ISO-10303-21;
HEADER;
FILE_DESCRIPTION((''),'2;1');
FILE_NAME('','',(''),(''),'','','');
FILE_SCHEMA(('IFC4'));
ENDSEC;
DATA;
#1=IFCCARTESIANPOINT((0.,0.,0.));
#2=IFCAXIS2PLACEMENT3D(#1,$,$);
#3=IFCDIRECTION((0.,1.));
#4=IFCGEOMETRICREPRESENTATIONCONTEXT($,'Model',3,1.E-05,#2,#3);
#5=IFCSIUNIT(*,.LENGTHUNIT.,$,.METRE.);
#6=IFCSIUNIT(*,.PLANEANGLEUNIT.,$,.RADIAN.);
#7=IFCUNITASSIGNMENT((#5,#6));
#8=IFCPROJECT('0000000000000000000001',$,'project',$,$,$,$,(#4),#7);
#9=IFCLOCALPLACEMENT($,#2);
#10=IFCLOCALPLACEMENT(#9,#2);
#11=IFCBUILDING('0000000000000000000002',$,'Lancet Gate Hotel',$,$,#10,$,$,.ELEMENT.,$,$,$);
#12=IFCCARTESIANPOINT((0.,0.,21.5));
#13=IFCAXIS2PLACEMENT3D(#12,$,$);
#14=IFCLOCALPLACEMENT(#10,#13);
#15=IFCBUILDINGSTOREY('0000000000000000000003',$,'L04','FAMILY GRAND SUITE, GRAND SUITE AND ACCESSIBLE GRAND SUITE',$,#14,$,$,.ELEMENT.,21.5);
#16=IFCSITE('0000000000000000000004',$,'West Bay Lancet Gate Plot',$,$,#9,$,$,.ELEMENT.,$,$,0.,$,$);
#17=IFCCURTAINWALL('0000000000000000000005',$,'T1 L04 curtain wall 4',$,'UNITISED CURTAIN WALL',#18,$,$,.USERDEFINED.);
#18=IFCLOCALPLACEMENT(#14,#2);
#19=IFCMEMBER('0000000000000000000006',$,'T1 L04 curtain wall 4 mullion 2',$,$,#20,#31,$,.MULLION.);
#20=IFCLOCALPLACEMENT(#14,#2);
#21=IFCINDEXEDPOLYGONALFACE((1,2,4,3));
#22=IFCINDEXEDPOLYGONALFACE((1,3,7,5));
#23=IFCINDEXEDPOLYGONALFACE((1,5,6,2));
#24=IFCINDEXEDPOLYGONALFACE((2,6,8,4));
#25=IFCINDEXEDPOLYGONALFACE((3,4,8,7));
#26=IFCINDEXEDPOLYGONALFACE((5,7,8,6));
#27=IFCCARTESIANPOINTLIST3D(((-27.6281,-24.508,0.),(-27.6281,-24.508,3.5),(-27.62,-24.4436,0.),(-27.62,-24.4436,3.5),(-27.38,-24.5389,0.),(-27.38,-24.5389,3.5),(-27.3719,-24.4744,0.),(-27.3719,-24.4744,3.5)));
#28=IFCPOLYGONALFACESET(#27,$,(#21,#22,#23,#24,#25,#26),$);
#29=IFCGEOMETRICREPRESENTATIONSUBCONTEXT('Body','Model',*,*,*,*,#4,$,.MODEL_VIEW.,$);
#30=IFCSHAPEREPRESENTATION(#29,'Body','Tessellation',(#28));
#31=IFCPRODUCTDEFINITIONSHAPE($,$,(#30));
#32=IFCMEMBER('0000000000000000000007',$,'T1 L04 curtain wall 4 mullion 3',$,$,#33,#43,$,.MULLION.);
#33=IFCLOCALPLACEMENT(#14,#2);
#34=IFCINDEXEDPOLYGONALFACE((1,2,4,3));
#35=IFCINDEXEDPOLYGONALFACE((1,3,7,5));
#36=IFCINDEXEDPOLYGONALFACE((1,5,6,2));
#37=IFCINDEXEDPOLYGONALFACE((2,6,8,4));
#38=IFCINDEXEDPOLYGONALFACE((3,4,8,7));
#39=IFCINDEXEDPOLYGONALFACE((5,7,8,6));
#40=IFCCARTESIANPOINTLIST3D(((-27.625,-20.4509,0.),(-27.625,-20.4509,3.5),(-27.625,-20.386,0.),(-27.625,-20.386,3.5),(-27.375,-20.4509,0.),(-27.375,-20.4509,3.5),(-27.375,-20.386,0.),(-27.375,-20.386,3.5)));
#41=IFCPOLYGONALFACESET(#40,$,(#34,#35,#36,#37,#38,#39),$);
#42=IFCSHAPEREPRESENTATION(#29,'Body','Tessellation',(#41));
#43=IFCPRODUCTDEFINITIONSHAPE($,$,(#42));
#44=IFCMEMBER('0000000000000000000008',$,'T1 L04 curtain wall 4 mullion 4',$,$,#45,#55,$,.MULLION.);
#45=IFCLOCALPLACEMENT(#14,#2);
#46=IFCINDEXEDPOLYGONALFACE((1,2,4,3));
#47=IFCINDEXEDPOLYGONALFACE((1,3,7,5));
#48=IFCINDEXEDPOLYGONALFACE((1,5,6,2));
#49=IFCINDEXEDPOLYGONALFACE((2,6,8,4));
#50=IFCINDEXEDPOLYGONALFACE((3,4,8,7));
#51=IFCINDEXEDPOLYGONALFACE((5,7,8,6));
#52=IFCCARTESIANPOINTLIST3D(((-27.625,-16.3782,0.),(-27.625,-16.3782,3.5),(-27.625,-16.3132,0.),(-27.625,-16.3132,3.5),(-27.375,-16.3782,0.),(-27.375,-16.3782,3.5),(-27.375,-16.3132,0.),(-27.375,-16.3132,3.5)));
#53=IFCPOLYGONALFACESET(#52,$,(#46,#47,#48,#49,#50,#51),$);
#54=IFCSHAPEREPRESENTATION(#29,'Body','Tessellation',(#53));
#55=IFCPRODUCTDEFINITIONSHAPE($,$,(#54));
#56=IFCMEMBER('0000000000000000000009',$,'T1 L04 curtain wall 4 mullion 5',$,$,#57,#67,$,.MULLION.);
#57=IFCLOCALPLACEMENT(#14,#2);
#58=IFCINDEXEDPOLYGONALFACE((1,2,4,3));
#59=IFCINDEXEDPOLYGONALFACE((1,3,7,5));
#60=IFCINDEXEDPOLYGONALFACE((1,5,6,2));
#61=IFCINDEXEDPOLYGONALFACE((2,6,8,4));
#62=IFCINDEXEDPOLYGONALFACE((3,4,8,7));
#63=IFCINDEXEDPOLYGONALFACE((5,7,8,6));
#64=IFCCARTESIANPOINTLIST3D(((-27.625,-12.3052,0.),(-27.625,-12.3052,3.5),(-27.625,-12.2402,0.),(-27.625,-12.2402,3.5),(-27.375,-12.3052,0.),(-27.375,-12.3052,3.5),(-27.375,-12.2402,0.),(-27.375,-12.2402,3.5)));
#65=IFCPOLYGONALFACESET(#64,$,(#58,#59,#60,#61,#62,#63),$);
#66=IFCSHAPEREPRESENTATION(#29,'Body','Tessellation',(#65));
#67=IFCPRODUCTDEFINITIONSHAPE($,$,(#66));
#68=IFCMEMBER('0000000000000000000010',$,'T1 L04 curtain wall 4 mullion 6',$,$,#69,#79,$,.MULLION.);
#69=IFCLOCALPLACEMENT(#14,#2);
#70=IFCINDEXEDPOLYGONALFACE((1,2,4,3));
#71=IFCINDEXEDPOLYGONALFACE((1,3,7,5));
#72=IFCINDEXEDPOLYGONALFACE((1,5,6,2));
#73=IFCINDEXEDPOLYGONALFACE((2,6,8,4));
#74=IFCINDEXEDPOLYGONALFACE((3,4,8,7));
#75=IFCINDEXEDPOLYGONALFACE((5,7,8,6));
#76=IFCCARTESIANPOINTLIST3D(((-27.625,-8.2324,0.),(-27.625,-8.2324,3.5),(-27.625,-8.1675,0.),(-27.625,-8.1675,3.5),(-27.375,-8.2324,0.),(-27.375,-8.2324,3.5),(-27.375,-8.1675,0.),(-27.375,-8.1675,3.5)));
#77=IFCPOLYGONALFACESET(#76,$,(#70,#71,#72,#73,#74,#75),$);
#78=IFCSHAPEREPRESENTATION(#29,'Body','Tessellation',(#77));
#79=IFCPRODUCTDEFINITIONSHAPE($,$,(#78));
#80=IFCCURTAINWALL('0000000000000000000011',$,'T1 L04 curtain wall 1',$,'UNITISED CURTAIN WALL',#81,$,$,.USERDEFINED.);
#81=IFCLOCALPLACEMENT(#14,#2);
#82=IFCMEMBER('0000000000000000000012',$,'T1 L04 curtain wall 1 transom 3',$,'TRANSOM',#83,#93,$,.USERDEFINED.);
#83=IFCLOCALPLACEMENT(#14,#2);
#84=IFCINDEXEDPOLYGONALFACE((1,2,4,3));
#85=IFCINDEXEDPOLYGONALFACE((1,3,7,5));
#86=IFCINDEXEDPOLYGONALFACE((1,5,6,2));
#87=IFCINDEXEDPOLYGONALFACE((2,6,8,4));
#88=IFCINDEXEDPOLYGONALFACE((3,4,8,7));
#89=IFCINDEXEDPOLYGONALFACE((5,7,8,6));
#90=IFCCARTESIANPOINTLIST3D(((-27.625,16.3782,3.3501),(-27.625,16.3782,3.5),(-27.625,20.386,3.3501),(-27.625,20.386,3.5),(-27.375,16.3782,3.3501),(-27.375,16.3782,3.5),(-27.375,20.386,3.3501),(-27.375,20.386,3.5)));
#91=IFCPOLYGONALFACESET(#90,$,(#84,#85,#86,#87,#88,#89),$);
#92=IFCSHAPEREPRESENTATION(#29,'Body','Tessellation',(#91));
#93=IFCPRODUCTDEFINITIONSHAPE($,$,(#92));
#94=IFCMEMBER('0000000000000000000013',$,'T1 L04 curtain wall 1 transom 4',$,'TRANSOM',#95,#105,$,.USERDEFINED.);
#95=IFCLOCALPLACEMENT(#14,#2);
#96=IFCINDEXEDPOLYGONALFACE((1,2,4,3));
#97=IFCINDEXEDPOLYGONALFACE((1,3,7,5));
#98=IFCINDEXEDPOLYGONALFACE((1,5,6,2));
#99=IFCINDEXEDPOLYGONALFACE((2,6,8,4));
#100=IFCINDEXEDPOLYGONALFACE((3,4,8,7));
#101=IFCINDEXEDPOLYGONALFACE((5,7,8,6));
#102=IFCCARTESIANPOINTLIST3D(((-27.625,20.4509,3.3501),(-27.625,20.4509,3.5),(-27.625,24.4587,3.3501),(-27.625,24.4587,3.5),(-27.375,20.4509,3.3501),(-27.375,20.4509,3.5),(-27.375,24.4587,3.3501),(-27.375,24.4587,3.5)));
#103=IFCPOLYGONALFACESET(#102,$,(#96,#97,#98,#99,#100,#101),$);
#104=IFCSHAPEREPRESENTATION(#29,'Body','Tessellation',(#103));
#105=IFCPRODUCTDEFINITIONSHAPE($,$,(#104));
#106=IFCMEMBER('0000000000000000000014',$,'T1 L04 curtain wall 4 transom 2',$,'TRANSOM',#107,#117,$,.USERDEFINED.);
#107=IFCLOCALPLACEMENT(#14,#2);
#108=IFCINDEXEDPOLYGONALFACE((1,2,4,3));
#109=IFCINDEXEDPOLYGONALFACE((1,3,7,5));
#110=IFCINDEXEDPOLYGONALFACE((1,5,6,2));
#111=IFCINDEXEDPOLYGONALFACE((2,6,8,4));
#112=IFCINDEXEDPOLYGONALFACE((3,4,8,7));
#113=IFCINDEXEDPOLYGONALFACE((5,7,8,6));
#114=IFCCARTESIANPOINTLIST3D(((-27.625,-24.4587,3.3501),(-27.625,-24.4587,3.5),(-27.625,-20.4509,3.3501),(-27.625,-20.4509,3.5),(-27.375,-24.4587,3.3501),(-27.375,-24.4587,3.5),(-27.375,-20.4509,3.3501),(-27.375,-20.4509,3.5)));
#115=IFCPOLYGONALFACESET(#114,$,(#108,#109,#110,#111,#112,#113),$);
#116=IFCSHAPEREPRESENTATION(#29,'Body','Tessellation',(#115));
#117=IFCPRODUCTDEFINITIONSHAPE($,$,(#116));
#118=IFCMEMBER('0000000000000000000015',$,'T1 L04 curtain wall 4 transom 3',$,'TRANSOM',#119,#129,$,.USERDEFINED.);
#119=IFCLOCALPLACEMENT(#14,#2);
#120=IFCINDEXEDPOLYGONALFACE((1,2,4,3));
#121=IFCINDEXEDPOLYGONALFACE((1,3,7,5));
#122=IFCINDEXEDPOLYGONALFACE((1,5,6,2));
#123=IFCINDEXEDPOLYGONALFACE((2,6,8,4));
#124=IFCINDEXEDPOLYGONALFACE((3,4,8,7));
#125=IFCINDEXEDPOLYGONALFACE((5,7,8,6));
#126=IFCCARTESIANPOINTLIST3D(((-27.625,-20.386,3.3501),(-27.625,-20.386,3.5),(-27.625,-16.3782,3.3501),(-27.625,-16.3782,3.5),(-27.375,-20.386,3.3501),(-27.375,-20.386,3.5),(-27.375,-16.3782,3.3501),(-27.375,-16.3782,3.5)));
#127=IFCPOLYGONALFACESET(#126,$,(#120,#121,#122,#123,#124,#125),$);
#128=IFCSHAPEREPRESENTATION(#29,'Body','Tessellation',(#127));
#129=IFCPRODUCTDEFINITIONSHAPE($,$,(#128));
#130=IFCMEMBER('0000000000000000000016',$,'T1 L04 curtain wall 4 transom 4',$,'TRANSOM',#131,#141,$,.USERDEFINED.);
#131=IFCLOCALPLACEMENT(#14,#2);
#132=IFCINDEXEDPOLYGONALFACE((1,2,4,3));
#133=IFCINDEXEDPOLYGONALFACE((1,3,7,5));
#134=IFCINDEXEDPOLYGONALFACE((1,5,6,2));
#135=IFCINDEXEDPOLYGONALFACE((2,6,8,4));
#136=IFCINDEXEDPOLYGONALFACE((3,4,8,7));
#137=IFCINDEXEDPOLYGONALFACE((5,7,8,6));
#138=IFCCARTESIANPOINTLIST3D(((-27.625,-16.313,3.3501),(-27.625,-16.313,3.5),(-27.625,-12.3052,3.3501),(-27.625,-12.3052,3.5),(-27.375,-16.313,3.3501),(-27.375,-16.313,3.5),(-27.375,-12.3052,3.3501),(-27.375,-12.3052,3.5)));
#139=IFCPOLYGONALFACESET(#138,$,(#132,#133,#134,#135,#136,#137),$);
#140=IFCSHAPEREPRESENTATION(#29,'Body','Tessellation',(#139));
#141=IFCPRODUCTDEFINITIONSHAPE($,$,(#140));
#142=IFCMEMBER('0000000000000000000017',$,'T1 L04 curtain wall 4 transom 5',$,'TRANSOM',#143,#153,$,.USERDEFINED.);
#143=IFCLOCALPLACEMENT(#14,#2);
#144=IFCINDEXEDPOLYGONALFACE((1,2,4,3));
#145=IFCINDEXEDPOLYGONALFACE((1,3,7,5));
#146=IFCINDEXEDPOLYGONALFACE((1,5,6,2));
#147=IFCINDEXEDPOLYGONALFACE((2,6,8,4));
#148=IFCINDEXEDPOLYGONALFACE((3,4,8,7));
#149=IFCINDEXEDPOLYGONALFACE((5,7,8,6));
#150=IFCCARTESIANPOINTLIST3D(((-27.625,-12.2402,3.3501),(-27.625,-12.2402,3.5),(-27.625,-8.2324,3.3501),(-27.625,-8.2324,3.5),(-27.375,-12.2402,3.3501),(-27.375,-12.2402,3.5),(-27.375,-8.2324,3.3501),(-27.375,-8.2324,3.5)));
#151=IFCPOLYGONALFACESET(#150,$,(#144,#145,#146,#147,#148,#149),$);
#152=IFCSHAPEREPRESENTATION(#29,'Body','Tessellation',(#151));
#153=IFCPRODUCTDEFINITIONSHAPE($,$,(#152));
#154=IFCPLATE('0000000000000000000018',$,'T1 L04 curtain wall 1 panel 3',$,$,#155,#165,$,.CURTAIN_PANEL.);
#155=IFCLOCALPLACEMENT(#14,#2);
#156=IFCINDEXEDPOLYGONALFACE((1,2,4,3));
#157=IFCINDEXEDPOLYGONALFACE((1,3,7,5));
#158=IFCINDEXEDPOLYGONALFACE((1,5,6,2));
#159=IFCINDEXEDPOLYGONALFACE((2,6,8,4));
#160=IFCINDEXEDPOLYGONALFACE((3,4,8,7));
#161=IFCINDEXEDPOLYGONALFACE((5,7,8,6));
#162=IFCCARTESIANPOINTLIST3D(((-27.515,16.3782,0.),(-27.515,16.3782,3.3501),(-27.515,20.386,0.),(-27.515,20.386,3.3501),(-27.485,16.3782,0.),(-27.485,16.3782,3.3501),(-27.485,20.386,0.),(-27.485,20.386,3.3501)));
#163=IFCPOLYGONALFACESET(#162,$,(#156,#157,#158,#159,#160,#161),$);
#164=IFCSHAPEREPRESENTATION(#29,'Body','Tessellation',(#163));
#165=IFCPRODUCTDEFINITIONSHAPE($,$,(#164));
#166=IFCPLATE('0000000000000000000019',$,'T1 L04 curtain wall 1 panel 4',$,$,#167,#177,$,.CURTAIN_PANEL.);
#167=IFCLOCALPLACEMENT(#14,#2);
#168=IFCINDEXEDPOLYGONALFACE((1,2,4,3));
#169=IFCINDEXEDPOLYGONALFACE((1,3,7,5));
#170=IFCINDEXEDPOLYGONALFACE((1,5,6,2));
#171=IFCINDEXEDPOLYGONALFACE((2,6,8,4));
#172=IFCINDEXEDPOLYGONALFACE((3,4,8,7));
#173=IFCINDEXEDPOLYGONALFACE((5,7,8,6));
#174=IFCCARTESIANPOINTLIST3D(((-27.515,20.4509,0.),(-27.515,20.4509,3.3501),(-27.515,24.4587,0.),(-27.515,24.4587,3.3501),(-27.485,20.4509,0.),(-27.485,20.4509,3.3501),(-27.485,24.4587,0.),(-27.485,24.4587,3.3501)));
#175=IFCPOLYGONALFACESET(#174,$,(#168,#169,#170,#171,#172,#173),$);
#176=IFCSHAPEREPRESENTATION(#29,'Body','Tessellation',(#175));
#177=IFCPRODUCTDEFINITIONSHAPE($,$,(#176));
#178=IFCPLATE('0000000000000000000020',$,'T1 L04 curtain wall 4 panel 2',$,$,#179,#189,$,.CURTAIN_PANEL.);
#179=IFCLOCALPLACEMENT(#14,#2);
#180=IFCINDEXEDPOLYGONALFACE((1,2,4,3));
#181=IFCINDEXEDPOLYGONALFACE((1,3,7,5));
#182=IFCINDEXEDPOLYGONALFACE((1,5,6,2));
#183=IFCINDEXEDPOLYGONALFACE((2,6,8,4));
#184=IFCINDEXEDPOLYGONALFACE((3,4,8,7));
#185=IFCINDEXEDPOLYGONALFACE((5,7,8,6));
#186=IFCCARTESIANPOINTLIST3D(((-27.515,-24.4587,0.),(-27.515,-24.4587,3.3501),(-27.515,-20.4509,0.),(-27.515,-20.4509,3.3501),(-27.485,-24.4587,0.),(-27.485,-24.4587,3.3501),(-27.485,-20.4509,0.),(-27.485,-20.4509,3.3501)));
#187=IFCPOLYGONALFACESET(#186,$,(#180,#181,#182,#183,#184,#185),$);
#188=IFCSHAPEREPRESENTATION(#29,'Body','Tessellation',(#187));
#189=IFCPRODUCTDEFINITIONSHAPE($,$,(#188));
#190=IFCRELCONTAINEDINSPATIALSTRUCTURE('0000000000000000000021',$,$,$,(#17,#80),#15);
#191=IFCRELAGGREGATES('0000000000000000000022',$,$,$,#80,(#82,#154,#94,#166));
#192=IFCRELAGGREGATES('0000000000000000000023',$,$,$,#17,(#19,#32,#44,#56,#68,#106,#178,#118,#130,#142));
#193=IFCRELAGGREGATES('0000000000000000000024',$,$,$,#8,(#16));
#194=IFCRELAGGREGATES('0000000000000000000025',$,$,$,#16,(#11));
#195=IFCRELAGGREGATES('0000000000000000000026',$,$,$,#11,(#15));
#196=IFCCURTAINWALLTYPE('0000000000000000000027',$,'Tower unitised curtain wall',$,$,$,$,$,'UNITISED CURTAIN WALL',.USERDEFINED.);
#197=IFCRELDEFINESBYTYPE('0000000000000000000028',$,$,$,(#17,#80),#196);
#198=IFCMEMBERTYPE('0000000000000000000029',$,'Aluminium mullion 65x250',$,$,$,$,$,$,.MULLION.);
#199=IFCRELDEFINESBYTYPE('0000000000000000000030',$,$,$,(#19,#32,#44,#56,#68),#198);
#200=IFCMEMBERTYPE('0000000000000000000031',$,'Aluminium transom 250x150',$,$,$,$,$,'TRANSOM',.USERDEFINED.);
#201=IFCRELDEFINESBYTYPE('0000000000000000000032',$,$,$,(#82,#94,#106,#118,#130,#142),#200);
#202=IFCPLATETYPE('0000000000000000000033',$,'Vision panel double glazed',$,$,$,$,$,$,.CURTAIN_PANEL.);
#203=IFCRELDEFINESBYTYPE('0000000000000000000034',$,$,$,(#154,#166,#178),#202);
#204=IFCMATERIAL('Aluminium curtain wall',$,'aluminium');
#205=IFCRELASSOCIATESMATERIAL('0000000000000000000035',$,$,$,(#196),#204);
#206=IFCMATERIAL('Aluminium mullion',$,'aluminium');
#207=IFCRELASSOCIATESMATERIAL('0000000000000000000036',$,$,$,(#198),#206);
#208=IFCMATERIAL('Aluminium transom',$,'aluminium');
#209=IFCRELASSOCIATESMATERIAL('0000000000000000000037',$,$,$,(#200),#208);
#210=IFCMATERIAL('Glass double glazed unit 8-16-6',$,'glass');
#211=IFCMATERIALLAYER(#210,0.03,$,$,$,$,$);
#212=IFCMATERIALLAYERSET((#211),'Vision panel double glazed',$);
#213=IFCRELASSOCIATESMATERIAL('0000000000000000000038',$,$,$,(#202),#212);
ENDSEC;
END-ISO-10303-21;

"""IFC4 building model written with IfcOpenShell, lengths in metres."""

from ifc_helpers import new_model, si_unit, direction, frame, origin, origin_2d, place, context, subcontext, project, spatial, rectangle, extrude, material, layer, layer_set, material_profile, profile_set, type_object, element, aggregate, save


model = new_model("IFC4")

# Units and contexts
model_context = context("Model", 3, precision=1e-05, world=origin(), true_north=direction((0.0, 1.0)))
body_context = subcontext(model_context, "Body", "Model", "MODEL_VIEW")
ifc_project = project(units=[si_unit("LENGTHUNIT", "METRE"), si_unit("PLANEANGLEUNIT", "RADIAN")], contexts=[model_context])

# Site, building, storey
site_placement = place(None, origin())
site = spatial("IfcSite", under=ifc_project, at=site_placement, Name="West Bay Lancet Gate Plot", CompositionType="ELEMENT", RefElevation=0.0)
building_placement = place(site_placement, origin())
building = spatial("IfcBuilding", under=site, at=building_placement, Name="Lancet Gate Hotel", CompositionType="ELEMENT")
storey_placement = place(building_placement, frame((0.0, 0.0, 21.5)))
storey = spatial("IfcBuildingStorey", under=building, at=storey_placement, Name="L04", Description="FAMILY GRAND SUITE, GRAND SUITE AND ACCESSIBLE GRAND SUITE", CompositionType="ELEMENT", Elevation=21.5)

# Curtain walls, members
ifc_material_1 = material(Name="Aluminium curtain wall", Category="aluminium")
curtain_wall_type = type_object("IfcCurtainWallType", Name="Tower unitised curtain wall", ElementType="UNITISED CURTAIN WALL", PredefinedType="USERDEFINED", material=ifc_material_1)
curtain_wall_1_placement = place(storey_placement, origin())
curtain_wall_1 = element("IfcCurtainWall", 1, at=curtain_wall_1_placement, inside=storey, type_object=curtain_wall_type, Name="T1 L04 curtain wall 4", ObjectType="UNITISED CURTAIN WALL", PredefinedType="USERDEFINED")
ifc_material_2 = material(Name="Aluminium mullion", Category="aluminium")
ifc_material_profile_1 = material_profile(ifc_material_2, rectangle(XDim=0.0649, YDim=0.25, at=origin_2d()), Name="MULLION 65x250")
ifc_profile_set_1 = profile_set([ifc_material_profile_1], Name="Aluminium mullion")
member_type_1 = type_object("IfcMemberType", Name="Aluminium mullion 65x250", PredefinedType="MULLION", material=ifc_profile_set_1)
member_1_placement = place(storey_placement, frame((-27.5, -24.4912, 0.0), z_axis=(0.0, 0.0, 1.0), x_axis=(0.123483, 0.992347, 0.0)))
member_1 = element("IfcMember", 2, at=member_1_placement, type_object=member_type_1, Name="T1 L04 curtain wall 4 mullion 2", PredefinedType="MULLION", context=body_context, shape_type="SweptSolid", body=[
    extrude(rectangle(XDim=0.0649, YDim=0.25, at=origin_2d()), origin(), (0.0, 0.0, 1.0), 3.5),
])
member_2_placement = place(storey_placement, frame((-27.5, -20.4185, 0.0), z_axis=(0.0, 0.0, 1.0), x_axis=(0.0, 1.0, 0.0)))
member_2 = element("IfcMember", 3, at=member_2_placement, type_object=member_type_1, Name="T1 L04 curtain wall 4 mullion 3", PredefinedType="MULLION", context=body_context, shape_type="SweptSolid", body=[
    extrude(rectangle(XDim=0.0649, YDim=0.25, at=origin_2d()), origin(), (0.0, 0.0, 1.0), 3.5),
])
member_3_placement = place(storey_placement, frame((-27.5, -16.3457, 0.0), z_axis=(0.0, 0.0, 1.0), x_axis=(0.0, 1.0, 0.0)))
member_3 = element("IfcMember", 4, at=member_3_placement, type_object=member_type_1, Name="T1 L04 curtain wall 4 mullion 4", PredefinedType="MULLION", context=body_context, shape_type="SweptSolid", body=[
    extrude(rectangle(XDim=0.0649, YDim=0.25, at=origin_2d()), origin(), (0.0, 0.0, 1.0), 3.5),
])
member_4_placement = place(storey_placement, frame((-27.5, -12.2727, 0.0), z_axis=(0.0, 0.0, 1.0), x_axis=(0.0, 1.0, 0.0)))
member_4 = element("IfcMember", 5, at=member_4_placement, type_object=member_type_1, Name="T1 L04 curtain wall 4 mullion 5", PredefinedType="MULLION", context=body_context, shape_type="SweptSolid", body=[
    extrude(rectangle(XDim=0.0649, YDim=0.25, at=origin_2d()), origin(), (0.0, 0.0, 1.0), 3.5),
])
member_5_placement = place(storey_placement, frame((-27.5, -8.2, 0.0), z_axis=(0.0, 0.0, 1.0), x_axis=(0.0, 1.0, 0.0)))
member_5 = element("IfcMember", 6, at=member_5_placement, type_object=member_type_1, Name="T1 L04 curtain wall 4 mullion 6", PredefinedType="MULLION", context=body_context, shape_type="SweptSolid", body=[
    extrude(rectangle(XDim=0.0649, YDim=0.25, at=origin_2d()), origin(), (0.0, 0.0, 1.0), 3.5),
])
curtain_wall_2_placement = place(storey_placement, origin())
curtain_wall_2 = element("IfcCurtainWall", 7, at=curtain_wall_2_placement, inside=storey, type_object=curtain_wall_type, Name="T1 L04 curtain wall 1", ObjectType="UNITISED CURTAIN WALL", PredefinedType="USERDEFINED")
ifc_material_3 = material(Name="Aluminium transom", Category="aluminium")
ifc_material_profile_2 = material_profile(ifc_material_3, rectangle(XDim=0.25, YDim=0.1499, at=origin_2d()), Name="TRANSOM 250x150")
ifc_profile_set_2 = profile_set([ifc_material_profile_2], Name="Aluminium transom")
member_type_2 = type_object("IfcMemberType", Name="Aluminium transom 250x150", ElementType="TRANSOM", PredefinedType="USERDEFINED", material=ifc_profile_set_2)
member_6_placement = place(storey_placement, frame((-27.5, 16.3782, 3.425), z_axis=(0.0, 1.0, 0.0), x_axis=(-1.0, 0.0, 0.0)))
member_6 = element("IfcMember", 8, at=member_6_placement, type_object=member_type_2, Name="T1 L04 curtain wall 1 transom 3", ObjectType="TRANSOM", PredefinedType="USERDEFINED", context=body_context, shape_type="SweptSolid", body=[
    extrude(rectangle(XDim=0.25, YDim=0.1499, at=origin_2d()), origin(), (0.0, 0.0, 1.0), 4.0078),
])
member_7_placement = place(storey_placement, frame((-27.5, 20.4509, 3.425), z_axis=(0.0, 1.0, 0.0), x_axis=(-1.0, 0.0, 0.0)))
member_7 = element("IfcMember", 9, at=member_7_placement, type_object=member_type_2, Name="T1 L04 curtain wall 1 transom 4", ObjectType="TRANSOM", PredefinedType="USERDEFINED", context=body_context, shape_type="SweptSolid", body=[
    extrude(rectangle(XDim=0.25, YDim=0.1499, at=origin_2d()), origin(), (0.0, 0.0, 1.0), 4.0078),
])

# Members
member_8_placement = place(storey_placement, frame((-27.5, -24.4587, 3.425), z_axis=(0.0, 1.0, 0.0), x_axis=(-1.0, 0.0, 0.0)))
member_8 = element("IfcMember", 10, at=member_8_placement, type_object=member_type_2, Name="T1 L04 curtain wall 4 transom 2", ObjectType="TRANSOM", PredefinedType="USERDEFINED", context=body_context, shape_type="SweptSolid", body=[
    extrude(rectangle(XDim=0.25, YDim=0.1499, at=origin_2d()), origin(), (0.0, 0.0, 1.0), 4.0078),
])
member_9_placement = place(storey_placement, frame((-27.5, -20.386, 3.425), z_axis=(0.0, 1.0, 0.0), x_axis=(-1.0, 0.0, 0.0)))
member_9 = element("IfcMember", 11, at=member_9_placement, type_object=member_type_2, Name="T1 L04 curtain wall 4 transom 3", ObjectType="TRANSOM", PredefinedType="USERDEFINED", context=body_context, shape_type="SweptSolid", body=[
    extrude(rectangle(XDim=0.25, YDim=0.1499, at=origin_2d()), origin(), (0.0, 0.0, 1.0), 4.0078),
])
member_10_placement = place(storey_placement, frame((-27.5, -16.313, 3.425), z_axis=(0.0, 1.0, 0.0), x_axis=(-1.0, 0.0, 0.0)))
member_10 = element("IfcMember", 12, at=member_10_placement, type_object=member_type_2, Name="T1 L04 curtain wall 4 transom 4", ObjectType="TRANSOM", PredefinedType="USERDEFINED", context=body_context, shape_type="SweptSolid", body=[
    extrude(rectangle(XDim=0.25, YDim=0.1499, at=origin_2d()), origin(), (0.0, 0.0, 1.0), 4.0078),
])
member_11_placement = place(storey_placement, frame((-27.5, -12.2402, 3.425), z_axis=(0.0, 1.0, 0.0), x_axis=(-1.0, 0.0, 0.0)))
member_11 = element("IfcMember", 13, at=member_11_placement, type_object=member_type_2, Name="T1 L04 curtain wall 4 transom 5", ObjectType="TRANSOM", PredefinedType="USERDEFINED", context=body_context, shape_type="SweptSolid", body=[
    extrude(rectangle(XDim=0.25, YDim=0.1499, at=origin_2d()), origin(), (0.0, 0.0, 1.0), 4.0078),
])

# Plates
ifc_material_4 = material(Name="Glass double glazed unit 8-16-6", Category="glass")
ifc_layer = layer(ifc_material_4, 0.03)
ifc_layer_set = layer_set([ifc_layer], Name="Vision panel double glazed")
plate_type = type_object("IfcPlateType", Name="Vision panel double glazed", PredefinedType="CURTAIN_PANEL", material=ifc_layer_set)
plate_1_placement = place(storey_placement, frame((-27.5, 18.3821, 0.0), z_axis=(0.0, 0.0, 1.0), x_axis=(0.0, 1.0, 0.0)))
plate_1 = element("IfcPlate", 14, at=plate_1_placement, type_object=plate_type, Name="T1 L04 curtain wall 1 panel 3", PredefinedType="CURTAIN_PANEL", context=body_context, shape_type="SweptSolid", body=[
    extrude(rectangle(XDim=4.0078, YDim=0.03, at=origin_2d()), origin(), (0.0, 0.0, 1.0), 3.3501),
])
plate_2_placement = place(storey_placement, frame((-27.5, 22.4548, 0.0), z_axis=(0.0, 0.0, 1.0), x_axis=(0.0, 1.0, 0.0)))
plate_2 = element("IfcPlate", 15, at=plate_2_placement, type_object=plate_type, Name="T1 L04 curtain wall 1 panel 4", PredefinedType="CURTAIN_PANEL", context=body_context, shape_type="SweptSolid", body=[
    extrude(rectangle(XDim=4.0078, YDim=0.03, at=origin_2d()), origin(), (0.0, 0.0, 1.0), 3.3501),
])
aggregate(curtain_wall_2, [member_6, plate_1, member_7, plate_2])
plate_3_placement = place(storey_placement, frame((-27.5, -22.4548, 0.0), z_axis=(0.0, 0.0, 1.0), x_axis=(0.0, 1.0, 0.0)))
plate_3 = element("IfcPlate", 16, at=plate_3_placement, type_object=plate_type, Name="T1 L04 curtain wall 4 panel 2", PredefinedType="CURTAIN_PANEL", context=body_context, shape_type="SweptSolid", body=[
    extrude(rectangle(XDim=4.0078, YDim=0.03, at=origin_2d()), origin(), (0.0, 0.0, 1.0), 3.3501),
])
aggregate(curtain_wall_1, [member_1, member_2, member_3, member_4, member_5, member_8, plate_3, member_9, member_10, member_11])

save(model, "model.ifc")
